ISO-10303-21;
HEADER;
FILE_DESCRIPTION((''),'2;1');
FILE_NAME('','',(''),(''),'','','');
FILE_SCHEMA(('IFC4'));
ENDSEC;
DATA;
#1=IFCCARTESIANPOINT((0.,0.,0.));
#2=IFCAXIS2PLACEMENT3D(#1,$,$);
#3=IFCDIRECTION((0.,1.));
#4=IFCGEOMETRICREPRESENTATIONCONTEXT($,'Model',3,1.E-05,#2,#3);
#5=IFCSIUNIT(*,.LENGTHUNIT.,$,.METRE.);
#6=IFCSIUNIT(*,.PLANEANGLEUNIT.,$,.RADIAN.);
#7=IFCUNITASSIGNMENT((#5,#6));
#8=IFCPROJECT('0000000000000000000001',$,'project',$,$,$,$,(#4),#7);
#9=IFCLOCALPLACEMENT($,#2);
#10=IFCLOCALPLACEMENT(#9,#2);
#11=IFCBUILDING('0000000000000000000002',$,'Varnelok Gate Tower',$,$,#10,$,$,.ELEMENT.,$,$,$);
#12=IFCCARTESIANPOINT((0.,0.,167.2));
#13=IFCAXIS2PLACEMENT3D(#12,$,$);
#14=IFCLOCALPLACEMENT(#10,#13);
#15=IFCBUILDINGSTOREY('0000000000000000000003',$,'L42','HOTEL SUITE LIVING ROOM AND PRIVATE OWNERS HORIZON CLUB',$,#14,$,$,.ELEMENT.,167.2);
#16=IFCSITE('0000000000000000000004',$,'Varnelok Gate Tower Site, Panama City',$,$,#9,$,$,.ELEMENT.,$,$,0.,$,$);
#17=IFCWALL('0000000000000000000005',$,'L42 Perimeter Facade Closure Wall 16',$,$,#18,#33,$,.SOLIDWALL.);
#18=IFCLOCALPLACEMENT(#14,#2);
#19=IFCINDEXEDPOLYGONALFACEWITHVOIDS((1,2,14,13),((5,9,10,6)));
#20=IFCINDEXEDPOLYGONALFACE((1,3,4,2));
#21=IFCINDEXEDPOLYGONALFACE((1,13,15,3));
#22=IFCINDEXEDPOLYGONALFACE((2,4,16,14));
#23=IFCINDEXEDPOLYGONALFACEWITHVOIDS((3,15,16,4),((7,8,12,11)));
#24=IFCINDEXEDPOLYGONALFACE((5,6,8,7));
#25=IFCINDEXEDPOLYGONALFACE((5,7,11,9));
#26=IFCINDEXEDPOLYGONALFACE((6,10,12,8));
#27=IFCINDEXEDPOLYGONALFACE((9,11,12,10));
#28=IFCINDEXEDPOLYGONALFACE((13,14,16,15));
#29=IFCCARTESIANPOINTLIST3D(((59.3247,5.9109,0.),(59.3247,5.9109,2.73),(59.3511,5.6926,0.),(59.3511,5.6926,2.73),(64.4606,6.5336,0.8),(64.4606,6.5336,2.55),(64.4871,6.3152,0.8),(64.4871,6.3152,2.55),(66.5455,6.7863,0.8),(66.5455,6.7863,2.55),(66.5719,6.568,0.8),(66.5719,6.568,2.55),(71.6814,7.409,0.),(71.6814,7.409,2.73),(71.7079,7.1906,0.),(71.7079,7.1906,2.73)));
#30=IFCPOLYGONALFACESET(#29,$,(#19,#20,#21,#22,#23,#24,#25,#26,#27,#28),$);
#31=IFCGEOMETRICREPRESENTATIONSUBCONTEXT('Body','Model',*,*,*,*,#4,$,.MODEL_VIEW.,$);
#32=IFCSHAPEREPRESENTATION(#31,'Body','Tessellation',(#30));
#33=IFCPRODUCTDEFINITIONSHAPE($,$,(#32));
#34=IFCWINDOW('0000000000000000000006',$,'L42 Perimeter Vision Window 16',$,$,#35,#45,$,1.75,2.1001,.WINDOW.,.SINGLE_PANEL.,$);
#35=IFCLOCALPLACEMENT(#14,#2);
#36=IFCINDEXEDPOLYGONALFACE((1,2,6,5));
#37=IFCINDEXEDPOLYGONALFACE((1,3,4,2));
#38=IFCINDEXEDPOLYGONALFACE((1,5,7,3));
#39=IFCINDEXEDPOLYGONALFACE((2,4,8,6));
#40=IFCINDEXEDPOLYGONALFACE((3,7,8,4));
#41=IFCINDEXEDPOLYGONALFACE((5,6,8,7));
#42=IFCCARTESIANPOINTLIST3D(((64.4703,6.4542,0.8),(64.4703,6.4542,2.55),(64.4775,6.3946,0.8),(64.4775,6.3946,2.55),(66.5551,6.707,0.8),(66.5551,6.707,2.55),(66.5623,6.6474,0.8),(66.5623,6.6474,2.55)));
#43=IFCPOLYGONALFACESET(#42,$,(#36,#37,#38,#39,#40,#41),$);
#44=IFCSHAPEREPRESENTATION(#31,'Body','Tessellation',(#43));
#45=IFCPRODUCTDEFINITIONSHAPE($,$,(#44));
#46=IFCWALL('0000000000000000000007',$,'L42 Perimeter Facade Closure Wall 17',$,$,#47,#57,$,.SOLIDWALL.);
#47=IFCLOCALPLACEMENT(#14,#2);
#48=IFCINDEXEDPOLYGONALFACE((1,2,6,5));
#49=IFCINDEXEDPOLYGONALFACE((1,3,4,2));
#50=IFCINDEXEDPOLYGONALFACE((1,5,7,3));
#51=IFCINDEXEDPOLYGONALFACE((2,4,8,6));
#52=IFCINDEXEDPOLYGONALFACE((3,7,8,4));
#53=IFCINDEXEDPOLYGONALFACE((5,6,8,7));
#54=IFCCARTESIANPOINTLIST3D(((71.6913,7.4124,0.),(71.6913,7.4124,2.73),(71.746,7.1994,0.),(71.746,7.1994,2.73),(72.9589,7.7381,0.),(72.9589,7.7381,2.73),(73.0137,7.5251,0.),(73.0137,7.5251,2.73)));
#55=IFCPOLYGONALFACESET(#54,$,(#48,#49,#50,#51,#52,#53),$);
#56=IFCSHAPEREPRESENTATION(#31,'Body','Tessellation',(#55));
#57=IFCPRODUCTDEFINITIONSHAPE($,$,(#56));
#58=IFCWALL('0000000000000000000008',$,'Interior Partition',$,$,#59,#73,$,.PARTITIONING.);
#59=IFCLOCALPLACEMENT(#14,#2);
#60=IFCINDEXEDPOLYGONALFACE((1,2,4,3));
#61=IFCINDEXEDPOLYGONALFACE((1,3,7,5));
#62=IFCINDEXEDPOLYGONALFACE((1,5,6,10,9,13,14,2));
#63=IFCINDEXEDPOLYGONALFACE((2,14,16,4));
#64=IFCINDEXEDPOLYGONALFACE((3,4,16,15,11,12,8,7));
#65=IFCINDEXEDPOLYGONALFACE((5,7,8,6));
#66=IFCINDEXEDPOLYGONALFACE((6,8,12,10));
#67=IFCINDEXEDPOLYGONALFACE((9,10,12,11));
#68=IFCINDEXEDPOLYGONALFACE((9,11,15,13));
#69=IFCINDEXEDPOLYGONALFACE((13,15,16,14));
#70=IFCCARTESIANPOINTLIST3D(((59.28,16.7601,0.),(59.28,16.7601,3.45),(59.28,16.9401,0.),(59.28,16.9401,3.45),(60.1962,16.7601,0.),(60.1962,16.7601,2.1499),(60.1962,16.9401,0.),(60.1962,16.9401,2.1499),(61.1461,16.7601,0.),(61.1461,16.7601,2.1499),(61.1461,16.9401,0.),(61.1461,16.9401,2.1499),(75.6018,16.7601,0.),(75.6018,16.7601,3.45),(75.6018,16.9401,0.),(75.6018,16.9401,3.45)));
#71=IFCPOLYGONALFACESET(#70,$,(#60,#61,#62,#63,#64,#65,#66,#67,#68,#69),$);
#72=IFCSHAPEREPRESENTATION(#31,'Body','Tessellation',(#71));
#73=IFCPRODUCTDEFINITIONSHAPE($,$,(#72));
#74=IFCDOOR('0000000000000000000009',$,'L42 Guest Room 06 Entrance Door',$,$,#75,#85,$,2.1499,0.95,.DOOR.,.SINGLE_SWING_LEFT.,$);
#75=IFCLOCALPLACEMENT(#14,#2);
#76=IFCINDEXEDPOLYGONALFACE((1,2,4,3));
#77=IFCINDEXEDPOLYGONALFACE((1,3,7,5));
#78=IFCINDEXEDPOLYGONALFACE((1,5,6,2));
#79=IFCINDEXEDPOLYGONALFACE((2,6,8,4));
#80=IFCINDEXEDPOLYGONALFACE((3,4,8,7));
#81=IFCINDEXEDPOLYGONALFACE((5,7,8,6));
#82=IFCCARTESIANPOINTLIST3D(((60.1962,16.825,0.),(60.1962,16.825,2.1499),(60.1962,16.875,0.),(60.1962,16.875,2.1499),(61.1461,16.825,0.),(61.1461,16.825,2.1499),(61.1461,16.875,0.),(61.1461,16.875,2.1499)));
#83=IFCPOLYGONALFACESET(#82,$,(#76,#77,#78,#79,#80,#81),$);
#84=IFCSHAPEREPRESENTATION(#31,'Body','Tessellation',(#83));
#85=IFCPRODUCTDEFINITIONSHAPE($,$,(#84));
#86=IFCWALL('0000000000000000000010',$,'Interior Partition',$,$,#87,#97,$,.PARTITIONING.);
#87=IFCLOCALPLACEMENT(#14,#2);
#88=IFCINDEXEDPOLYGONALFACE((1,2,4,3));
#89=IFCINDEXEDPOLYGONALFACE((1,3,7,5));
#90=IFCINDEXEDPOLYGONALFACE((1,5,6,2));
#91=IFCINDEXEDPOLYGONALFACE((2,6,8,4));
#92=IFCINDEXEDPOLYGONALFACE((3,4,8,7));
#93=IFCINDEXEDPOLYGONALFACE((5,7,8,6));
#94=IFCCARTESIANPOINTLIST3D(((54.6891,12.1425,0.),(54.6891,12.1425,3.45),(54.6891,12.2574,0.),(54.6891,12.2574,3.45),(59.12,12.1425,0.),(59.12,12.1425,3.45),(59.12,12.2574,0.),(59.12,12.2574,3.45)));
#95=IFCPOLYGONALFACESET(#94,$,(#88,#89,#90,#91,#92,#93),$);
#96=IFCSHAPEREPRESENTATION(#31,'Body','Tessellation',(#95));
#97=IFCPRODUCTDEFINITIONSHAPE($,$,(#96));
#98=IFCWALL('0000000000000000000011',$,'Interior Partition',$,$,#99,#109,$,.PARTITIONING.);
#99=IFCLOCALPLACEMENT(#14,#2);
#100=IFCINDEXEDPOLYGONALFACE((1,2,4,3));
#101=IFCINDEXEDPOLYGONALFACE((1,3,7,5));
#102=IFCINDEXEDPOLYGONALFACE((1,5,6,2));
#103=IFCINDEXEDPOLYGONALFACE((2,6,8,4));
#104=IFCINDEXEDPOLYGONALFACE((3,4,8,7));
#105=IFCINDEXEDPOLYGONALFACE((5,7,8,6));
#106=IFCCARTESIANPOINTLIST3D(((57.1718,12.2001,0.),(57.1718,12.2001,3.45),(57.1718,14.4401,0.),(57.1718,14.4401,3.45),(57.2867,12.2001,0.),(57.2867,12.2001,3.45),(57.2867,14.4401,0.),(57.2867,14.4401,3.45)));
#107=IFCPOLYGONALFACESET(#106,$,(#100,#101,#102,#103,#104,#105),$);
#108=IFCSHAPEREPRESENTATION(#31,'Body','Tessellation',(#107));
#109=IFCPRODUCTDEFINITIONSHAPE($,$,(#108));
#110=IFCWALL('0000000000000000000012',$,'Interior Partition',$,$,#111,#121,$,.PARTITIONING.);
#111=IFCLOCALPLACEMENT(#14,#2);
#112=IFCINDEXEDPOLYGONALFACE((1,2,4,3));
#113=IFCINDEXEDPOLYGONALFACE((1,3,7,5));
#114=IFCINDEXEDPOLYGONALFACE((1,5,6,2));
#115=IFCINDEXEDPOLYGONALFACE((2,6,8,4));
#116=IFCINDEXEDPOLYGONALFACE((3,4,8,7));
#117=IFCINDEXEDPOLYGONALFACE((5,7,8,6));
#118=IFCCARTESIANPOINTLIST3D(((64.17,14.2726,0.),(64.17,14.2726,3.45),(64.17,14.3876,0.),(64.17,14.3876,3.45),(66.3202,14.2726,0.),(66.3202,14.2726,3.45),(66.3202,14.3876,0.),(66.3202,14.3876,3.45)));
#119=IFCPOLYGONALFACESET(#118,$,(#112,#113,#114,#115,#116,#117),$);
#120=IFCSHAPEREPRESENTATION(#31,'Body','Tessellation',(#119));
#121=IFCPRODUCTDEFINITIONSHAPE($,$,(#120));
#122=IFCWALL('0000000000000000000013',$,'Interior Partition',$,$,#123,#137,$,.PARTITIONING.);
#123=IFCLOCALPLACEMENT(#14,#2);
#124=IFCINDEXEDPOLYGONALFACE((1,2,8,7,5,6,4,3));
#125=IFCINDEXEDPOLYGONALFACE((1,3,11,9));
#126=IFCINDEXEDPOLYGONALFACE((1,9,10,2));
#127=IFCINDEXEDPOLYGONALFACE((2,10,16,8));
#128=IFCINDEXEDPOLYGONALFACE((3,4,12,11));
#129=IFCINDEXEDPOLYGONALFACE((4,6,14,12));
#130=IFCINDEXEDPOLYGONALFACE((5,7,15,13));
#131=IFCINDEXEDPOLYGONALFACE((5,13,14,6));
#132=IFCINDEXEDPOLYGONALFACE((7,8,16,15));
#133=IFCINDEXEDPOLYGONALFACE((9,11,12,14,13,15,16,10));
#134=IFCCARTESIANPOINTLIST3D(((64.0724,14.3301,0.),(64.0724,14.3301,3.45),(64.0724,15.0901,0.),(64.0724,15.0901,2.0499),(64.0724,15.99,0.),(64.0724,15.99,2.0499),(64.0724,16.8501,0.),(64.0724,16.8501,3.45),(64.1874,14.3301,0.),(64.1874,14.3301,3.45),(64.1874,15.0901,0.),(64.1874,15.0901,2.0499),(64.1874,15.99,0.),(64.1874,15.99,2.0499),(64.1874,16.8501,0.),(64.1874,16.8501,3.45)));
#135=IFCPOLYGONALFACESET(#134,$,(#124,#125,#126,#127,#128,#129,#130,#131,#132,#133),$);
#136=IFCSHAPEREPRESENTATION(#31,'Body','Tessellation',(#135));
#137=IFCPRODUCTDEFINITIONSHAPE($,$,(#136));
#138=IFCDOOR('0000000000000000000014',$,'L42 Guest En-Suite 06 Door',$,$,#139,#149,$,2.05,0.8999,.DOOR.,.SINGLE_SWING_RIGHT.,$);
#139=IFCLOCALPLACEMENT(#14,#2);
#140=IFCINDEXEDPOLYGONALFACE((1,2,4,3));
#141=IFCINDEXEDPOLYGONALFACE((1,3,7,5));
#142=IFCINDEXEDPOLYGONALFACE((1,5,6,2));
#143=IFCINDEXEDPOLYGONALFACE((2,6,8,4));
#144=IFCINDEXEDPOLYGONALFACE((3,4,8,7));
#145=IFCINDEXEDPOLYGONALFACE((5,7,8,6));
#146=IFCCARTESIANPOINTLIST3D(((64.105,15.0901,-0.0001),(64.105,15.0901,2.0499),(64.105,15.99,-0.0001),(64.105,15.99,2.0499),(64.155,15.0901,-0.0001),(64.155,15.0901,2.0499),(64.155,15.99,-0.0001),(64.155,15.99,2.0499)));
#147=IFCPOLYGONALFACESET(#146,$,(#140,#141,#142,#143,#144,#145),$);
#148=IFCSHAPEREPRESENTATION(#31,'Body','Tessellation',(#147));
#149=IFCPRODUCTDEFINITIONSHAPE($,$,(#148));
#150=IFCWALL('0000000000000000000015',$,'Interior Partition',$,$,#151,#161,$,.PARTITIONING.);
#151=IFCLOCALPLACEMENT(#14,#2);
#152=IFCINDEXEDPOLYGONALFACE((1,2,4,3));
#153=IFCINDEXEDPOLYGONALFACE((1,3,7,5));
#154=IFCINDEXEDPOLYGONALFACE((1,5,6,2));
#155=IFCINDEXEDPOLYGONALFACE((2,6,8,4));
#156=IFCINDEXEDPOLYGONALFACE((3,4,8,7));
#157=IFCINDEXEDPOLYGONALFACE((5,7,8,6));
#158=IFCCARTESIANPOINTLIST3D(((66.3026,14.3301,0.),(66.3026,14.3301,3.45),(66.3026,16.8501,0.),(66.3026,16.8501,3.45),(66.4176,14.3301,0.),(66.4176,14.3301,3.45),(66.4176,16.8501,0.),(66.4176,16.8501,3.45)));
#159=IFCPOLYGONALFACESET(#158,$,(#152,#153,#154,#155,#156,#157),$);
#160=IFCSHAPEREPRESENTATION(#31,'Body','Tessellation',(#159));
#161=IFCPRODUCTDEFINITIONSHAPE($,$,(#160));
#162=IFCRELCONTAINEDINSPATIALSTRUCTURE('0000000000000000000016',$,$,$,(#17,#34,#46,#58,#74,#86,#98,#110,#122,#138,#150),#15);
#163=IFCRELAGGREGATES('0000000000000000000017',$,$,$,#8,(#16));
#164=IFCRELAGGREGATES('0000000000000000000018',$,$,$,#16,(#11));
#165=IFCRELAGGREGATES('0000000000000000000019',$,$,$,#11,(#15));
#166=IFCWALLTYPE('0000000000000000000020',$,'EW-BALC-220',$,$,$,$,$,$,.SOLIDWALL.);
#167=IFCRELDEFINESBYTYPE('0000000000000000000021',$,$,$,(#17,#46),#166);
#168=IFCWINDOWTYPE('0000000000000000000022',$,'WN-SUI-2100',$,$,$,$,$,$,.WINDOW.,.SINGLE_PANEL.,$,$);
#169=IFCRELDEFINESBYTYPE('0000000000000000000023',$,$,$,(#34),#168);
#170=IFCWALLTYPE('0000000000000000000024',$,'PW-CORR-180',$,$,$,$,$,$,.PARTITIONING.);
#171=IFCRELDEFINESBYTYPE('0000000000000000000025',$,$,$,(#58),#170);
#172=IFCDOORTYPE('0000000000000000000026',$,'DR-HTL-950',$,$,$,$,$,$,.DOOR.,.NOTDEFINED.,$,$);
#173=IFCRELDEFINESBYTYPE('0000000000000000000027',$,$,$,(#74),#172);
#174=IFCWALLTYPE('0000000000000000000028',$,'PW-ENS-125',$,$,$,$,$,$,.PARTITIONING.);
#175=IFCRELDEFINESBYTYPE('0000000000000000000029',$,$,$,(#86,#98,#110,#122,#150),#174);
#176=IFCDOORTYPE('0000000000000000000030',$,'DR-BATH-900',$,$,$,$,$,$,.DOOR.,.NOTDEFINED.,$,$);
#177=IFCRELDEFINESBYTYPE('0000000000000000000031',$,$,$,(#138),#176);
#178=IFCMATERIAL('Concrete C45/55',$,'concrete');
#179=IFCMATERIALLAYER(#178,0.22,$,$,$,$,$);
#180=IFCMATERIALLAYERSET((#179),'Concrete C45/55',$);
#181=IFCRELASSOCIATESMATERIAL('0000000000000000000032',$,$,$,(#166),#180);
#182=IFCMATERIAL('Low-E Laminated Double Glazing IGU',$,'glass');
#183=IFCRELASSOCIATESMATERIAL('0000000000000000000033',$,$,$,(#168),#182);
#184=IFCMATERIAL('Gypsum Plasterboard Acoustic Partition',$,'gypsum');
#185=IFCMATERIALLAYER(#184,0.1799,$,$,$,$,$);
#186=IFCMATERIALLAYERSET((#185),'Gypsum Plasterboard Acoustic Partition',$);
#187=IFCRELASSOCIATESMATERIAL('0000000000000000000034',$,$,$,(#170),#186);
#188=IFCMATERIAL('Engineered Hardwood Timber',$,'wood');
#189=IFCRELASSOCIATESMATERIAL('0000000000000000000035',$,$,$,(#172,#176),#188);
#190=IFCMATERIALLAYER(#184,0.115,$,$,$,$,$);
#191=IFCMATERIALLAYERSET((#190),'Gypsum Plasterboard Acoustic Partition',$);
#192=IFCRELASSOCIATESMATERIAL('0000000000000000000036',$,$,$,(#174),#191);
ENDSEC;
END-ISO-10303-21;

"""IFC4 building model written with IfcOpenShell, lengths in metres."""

from ifc_helpers import new_model, si_unit, direction, frame, frame_2d, origin, place, context, subcontext, project, spatial, rectangle, extrude, material, layer, layer_set, type_object, element, fill, save


model = new_model("IFC4")

# Units and contexts
model_context = context("Model", 3, precision=1e-05, world=origin(), true_north=direction((0.0, 1.0)))
body_context = subcontext(model_context, "Body", "Model", "MODEL_VIEW")
ifc_project = project(units=[si_unit("LENGTHUNIT", "METRE"), si_unit("PLANEANGLEUNIT", "RADIAN")], contexts=[model_context])

# Site, building, storey
site_placement = place(None, origin())
site = spatial("IfcSite", under=ifc_project, at=site_placement, Name="Varnelok Gate Tower Site, Panama City", CompositionType="ELEMENT", RefElevation=0.0)
building_placement = place(site_placement, origin())
building = spatial("IfcBuilding", under=site, at=building_placement, Name="Varnelok Gate Tower", CompositionType="ELEMENT")
storey_placement = place(building_placement, frame((0.0, 0.0, 167.2)))
storey = spatial("IfcBuildingStorey", under=building, at=storey_placement, Name="L42", Description="HOTEL SUITE LIVING ROOM AND PRIVATE OWNERS HORIZON CLUB", CompositionType="ELEMENT", Elevation=167.2)

# Shared definitions
ifc_material_1 = material(Name="Concrete C45/55", Category="concrete")
ifc_layer_1 = layer(ifc_material_1, 0.22)
ifc_layer_set_1 = layer_set([ifc_layer_1], Name="Concrete C45/55")
wall_type_1 = type_object("IfcWallType", Name="EW-BALC-220", PredefinedType="SOLIDWALL", material=ifc_layer_set_1)

# Wall, opening, window
wall_1_placement = place(storey_placement, frame((59.3379, 5.8018, 0.0), z_axis=(0.0, 0.0, 1.0), x_axis=(0.992731, 0.120352, 0.0)))
wall_1 = element("IfcWall", 1, at=wall_1_placement, inside=storey, type_object=wall_type_1, Name="L42 Perimeter Facade Closure Wall 16", PredefinedType="SOLIDWALL", context=body_context, shape_type="SweptSolid", body=[
    extrude(rectangle(XDim=12.4473, YDim=0.22, at=frame_2d((6.2236, 0.0))), origin(), (0.0, 0.0, 1.0), 2.73),
])
opening_1_placement = place(wall_1_placement, frame((5.1736, 0.0, 0.8)))
opening_1 = element("IfcOpeningElement", 2, at=opening_1_placement, cuts=wall_1, PredefinedType="OPENING", context=body_context, shape_type="SweptSolid", body=[
    extrude(rectangle(XDim=2.1001, YDim=1.75, at=frame_2d((1.05, 0.875))), frame((0.0, 0.1199, 0.0), z_axis=(0.0, -1.0, 0.0), x_axis=(1.0, 0.0, 0.0)), (0.0, 0.0, 1.0), 0.24),
])
ifc_material_2 = material(Name="Low-E Laminated Double Glazing IGU", Category="glass")
window_type = type_object("IfcWindowType", Name="WN-SUI-2100", PartitioningType="SINGLE_PANEL", PredefinedType="WINDOW", material=ifc_material_2)
window_placement = place(opening_1_placement, origin())
window = element("IfcWindow", 3, at=window_placement, inside=storey, type_object=window_type, Name="L42 Perimeter Vision Window 16", OverallHeight=1.75, OverallWidth=2.1001, PartitioningType="SINGLE_PANEL", PredefinedType="WINDOW", context=body_context, shape_type="SweptSolid", body=[
    extrude(rectangle(XDim=2.1001, YDim=1.75, at=frame_2d((1.05, 0.875))), frame((0.0, 0.03, 0.0), z_axis=(0.0, -1.0, 0.0), x_axis=(1.0, 0.0, 0.0)), (0.0, 0.0, 1.0), 0.0601),
])
fill(opening_1, window)

# Wall
wall_2_placement = place(storey_placement, frame((71.7188, 7.3059, 0.0), z_axis=(0.0, 0.0, 1.0), x_axis=(0.968542, 0.248851, 0.0)))
element("IfcWall", 4, at=wall_2_placement, inside=storey, type_object=wall_type_1, Name="L42 Perimeter Facade Closure Wall 17", PredefinedType="SOLIDWALL", context=body_context, shape_type="SweptSolid", body=[
    extrude(rectangle(XDim=1.3088, YDim=0.22, at=frame_2d((0.6543, 0.0))), origin(), (0.0, 0.0, 1.0), 2.73),
])

# Wall, opening, door
ifc_material_3 = material(Name="Gypsum Plasterboard Acoustic Partition", Category="gypsum")
ifc_layer_2 = layer(ifc_material_3, 0.1799)
ifc_layer_set_2 = layer_set([ifc_layer_2], Name="Gypsum Plasterboard Acoustic Partition")
wall_type_2 = type_object("IfcWallType", Name="PW-CORR-180", PredefinedType="PARTITIONING", material=ifc_layer_set_2)
wall_3_placement = place(storey_placement, frame((59.28, 16.8501, 0.0), z_axis=(0.0, 0.0, 1.0), x_axis=(1.0, 0.0, 0.0)))
wall_3 = element("IfcWall", 5, at=wall_3_placement, inside=storey, type_object=wall_type_2, Name="Interior Partition", PredefinedType="PARTITIONING", context=body_context, shape_type="SweptSolid", body=[
    extrude(rectangle(XDim=16.3218, YDim=0.1799, at=frame_2d((8.1609, 0.0))), origin(), (0.0, 0.0, 1.0), 3.45),
])
opening_2_placement = place(wall_3_placement, frame((0.916, 0.0, 0.0)))
opening_2 = element("IfcOpeningElement", 6, at=opening_2_placement, cuts=wall_3, PredefinedType="OPENING", context=body_context, shape_type="SweptSolid", body=[
    extrude(rectangle(XDim=0.95, YDim=2.1499, at=frame_2d((0.4751, 1.075))), frame((0.0, 0.0999, 0.0), z_axis=(0.0, -1.0, 0.0), x_axis=(1.0, 0.0, 0.0)), (0.0, 0.0, 1.0), 0.2),
])
ifc_material_4 = material(Name="Engineered Hardwood Timber", Category="wood")
door_type_1 = type_object("IfcDoorType", Name="DR-HTL-950", OperationType="NOTDEFINED", PredefinedType="DOOR", material=ifc_material_4)
door_1_placement = place(opening_2_placement, origin())
door_1 = element("IfcDoor", 7, at=door_1_placement, inside=storey, type_object=door_type_1, Name="L42 Guest Room 06 Entrance Door", OperationType="SINGLE_SWING_LEFT", OverallHeight=2.1499, OverallWidth=0.95, PredefinedType="DOOR", context=body_context, shape_type="SweptSolid", body=[
    extrude(rectangle(XDim=0.95, YDim=2.1499, at=frame_2d((0.4751, 1.075))), frame((0.0, 0.0249, 0.0), z_axis=(0.0, -1.0, 0.0), x_axis=(1.0, 0.0, 0.0)), (0.0, 0.0, 1.0), 0.05),
])
fill(opening_2, door_1)

# Walls
ifc_layer_3 = layer(ifc_material_3, 0.115)
ifc_layer_set_3 = layer_set([ifc_layer_3], Name="Gypsum Plasterboard Acoustic Partition")
wall_type_3 = type_object("IfcWallType", Name="PW-ENS-125", PredefinedType="PARTITIONING", material=ifc_layer_set_3)
wall_4_placement = place(storey_placement, frame((54.6892, 12.2, 0.0), z_axis=(0.0, 0.0, 1.0), x_axis=(1.0, 0.0, 0.0)))
element("IfcWall", 8, at=wall_4_placement, inside=storey, type_object=wall_type_3, Name="Interior Partition", PredefinedType="PARTITIONING", context=body_context, shape_type="SweptSolid", body=[
    extrude(rectangle(XDim=4.4309, YDim=0.115, at=frame_2d((2.2153, 0.0))), origin(), (0.0, 0.0, 1.0), 3.45),
])
wall_5_placement = place(storey_placement, frame((57.2292, 12.2, 0.0), z_axis=(0.0, 0.0, 1.0), x_axis=(0.0, 1.0, 0.0)))
element("IfcWall", 9, at=wall_5_placement, inside=storey, type_object=wall_type_3, Name="Interior Partition", PredefinedType="PARTITIONING", context=body_context, shape_type="SweptSolid", body=[
    extrude(rectangle(XDim=2.24, YDim=0.115, at=frame_2d((1.1201, 0.0))), origin(), (0.0, 0.0, 1.0), 3.45),
])
wall_6_placement = place(storey_placement, frame((64.1699, 14.3301, 0.0), z_axis=(0.0, 0.0, 1.0), x_axis=(1.0, 0.0, 0.0)))
element("IfcWall", 10, at=wall_6_placement, inside=storey, type_object=wall_type_3, Name="Interior Partition", PredefinedType="PARTITIONING", context=body_context, shape_type="SweptSolid", body=[
    extrude(rectangle(XDim=2.1501, YDim=0.115, at=frame_2d((1.0752, 0.0))), origin(), (0.0, 0.0, 1.0), 3.45),
])

# Wall, opening, door
wall_7_placement = place(storey_placement, frame((64.1299, 14.3301, 0.0), z_axis=(0.0, 0.0, 1.0), x_axis=(0.0, 1.0, 0.0)))
wall_7 = element("IfcWall", 11, at=wall_7_placement, inside=storey, type_object=wall_type_3, Name="Interior Partition", PredefinedType="PARTITIONING", context=body_context, shape_type="SweptSolid", body=[
    extrude(rectangle(XDim=2.52, YDim=0.115, at=frame_2d((1.26, 0.0))), origin(), (0.0, 0.0, 1.0), 3.45),
])
opening_3_placement = place(wall_7_placement, frame((0.76, 0.0, 0.0)))
opening_3 = element("IfcOpeningElement", 12, at=opening_3_placement, cuts=wall_7, PredefinedType="OPENING", context=body_context, shape_type="SweptSolid", body=[
    extrude(rectangle(XDim=0.8999, YDim=2.05, at=frame_2d((0.45, 1.0249))), frame((0.0, 0.0674, 0.0), z_axis=(0.0, -1.0, 0.0), x_axis=(1.0, 0.0, 0.0)), (0.0, 0.0, 1.0), 0.135),
])
door_type_2 = type_object("IfcDoorType", Name="DR-BATH-900", OperationType="NOTDEFINED", PredefinedType="DOOR", material=ifc_material_4)
door_2_placement = place(opening_3_placement, origin())
door_2 = element("IfcDoor", 13, at=door_2_placement, inside=storey, type_object=door_type_2, Name="L42 Guest En-Suite 06 Door", OperationType="SINGLE_SWING_RIGHT", OverallHeight=2.05, OverallWidth=0.8999, PredefinedType="DOOR", context=body_context, shape_type="SweptSolid", body=[
    extrude(rectangle(XDim=0.8999, YDim=2.05, at=frame_2d((0.45, 1.0249))), frame((0.0, 0.0249, 0.0), z_axis=(0.0, -1.0, 0.0), x_axis=(1.0, 0.0, 0.0)), (0.0, 0.0, 1.0), 0.05),
])
fill(opening_3, door_2)

# Wall
wall_8_placement = place(storey_placement, frame((66.3601, 14.3301, 0.0), z_axis=(0.0, 0.0, 1.0), x_axis=(0.0, 1.0, 0.0)))
element("IfcWall", 14, at=wall_8_placement, inside=storey, type_object=wall_type_3, Name="Interior Partition", PredefinedType="PARTITIONING", context=body_context, shape_type="SweptSolid", body=[
    extrude(rectangle(XDim=2.52, YDim=0.115, at=frame_2d((1.26, 0.0))), origin(), (0.0, 0.0, 1.0), 3.45),
])

save(model, "model.ifc")
